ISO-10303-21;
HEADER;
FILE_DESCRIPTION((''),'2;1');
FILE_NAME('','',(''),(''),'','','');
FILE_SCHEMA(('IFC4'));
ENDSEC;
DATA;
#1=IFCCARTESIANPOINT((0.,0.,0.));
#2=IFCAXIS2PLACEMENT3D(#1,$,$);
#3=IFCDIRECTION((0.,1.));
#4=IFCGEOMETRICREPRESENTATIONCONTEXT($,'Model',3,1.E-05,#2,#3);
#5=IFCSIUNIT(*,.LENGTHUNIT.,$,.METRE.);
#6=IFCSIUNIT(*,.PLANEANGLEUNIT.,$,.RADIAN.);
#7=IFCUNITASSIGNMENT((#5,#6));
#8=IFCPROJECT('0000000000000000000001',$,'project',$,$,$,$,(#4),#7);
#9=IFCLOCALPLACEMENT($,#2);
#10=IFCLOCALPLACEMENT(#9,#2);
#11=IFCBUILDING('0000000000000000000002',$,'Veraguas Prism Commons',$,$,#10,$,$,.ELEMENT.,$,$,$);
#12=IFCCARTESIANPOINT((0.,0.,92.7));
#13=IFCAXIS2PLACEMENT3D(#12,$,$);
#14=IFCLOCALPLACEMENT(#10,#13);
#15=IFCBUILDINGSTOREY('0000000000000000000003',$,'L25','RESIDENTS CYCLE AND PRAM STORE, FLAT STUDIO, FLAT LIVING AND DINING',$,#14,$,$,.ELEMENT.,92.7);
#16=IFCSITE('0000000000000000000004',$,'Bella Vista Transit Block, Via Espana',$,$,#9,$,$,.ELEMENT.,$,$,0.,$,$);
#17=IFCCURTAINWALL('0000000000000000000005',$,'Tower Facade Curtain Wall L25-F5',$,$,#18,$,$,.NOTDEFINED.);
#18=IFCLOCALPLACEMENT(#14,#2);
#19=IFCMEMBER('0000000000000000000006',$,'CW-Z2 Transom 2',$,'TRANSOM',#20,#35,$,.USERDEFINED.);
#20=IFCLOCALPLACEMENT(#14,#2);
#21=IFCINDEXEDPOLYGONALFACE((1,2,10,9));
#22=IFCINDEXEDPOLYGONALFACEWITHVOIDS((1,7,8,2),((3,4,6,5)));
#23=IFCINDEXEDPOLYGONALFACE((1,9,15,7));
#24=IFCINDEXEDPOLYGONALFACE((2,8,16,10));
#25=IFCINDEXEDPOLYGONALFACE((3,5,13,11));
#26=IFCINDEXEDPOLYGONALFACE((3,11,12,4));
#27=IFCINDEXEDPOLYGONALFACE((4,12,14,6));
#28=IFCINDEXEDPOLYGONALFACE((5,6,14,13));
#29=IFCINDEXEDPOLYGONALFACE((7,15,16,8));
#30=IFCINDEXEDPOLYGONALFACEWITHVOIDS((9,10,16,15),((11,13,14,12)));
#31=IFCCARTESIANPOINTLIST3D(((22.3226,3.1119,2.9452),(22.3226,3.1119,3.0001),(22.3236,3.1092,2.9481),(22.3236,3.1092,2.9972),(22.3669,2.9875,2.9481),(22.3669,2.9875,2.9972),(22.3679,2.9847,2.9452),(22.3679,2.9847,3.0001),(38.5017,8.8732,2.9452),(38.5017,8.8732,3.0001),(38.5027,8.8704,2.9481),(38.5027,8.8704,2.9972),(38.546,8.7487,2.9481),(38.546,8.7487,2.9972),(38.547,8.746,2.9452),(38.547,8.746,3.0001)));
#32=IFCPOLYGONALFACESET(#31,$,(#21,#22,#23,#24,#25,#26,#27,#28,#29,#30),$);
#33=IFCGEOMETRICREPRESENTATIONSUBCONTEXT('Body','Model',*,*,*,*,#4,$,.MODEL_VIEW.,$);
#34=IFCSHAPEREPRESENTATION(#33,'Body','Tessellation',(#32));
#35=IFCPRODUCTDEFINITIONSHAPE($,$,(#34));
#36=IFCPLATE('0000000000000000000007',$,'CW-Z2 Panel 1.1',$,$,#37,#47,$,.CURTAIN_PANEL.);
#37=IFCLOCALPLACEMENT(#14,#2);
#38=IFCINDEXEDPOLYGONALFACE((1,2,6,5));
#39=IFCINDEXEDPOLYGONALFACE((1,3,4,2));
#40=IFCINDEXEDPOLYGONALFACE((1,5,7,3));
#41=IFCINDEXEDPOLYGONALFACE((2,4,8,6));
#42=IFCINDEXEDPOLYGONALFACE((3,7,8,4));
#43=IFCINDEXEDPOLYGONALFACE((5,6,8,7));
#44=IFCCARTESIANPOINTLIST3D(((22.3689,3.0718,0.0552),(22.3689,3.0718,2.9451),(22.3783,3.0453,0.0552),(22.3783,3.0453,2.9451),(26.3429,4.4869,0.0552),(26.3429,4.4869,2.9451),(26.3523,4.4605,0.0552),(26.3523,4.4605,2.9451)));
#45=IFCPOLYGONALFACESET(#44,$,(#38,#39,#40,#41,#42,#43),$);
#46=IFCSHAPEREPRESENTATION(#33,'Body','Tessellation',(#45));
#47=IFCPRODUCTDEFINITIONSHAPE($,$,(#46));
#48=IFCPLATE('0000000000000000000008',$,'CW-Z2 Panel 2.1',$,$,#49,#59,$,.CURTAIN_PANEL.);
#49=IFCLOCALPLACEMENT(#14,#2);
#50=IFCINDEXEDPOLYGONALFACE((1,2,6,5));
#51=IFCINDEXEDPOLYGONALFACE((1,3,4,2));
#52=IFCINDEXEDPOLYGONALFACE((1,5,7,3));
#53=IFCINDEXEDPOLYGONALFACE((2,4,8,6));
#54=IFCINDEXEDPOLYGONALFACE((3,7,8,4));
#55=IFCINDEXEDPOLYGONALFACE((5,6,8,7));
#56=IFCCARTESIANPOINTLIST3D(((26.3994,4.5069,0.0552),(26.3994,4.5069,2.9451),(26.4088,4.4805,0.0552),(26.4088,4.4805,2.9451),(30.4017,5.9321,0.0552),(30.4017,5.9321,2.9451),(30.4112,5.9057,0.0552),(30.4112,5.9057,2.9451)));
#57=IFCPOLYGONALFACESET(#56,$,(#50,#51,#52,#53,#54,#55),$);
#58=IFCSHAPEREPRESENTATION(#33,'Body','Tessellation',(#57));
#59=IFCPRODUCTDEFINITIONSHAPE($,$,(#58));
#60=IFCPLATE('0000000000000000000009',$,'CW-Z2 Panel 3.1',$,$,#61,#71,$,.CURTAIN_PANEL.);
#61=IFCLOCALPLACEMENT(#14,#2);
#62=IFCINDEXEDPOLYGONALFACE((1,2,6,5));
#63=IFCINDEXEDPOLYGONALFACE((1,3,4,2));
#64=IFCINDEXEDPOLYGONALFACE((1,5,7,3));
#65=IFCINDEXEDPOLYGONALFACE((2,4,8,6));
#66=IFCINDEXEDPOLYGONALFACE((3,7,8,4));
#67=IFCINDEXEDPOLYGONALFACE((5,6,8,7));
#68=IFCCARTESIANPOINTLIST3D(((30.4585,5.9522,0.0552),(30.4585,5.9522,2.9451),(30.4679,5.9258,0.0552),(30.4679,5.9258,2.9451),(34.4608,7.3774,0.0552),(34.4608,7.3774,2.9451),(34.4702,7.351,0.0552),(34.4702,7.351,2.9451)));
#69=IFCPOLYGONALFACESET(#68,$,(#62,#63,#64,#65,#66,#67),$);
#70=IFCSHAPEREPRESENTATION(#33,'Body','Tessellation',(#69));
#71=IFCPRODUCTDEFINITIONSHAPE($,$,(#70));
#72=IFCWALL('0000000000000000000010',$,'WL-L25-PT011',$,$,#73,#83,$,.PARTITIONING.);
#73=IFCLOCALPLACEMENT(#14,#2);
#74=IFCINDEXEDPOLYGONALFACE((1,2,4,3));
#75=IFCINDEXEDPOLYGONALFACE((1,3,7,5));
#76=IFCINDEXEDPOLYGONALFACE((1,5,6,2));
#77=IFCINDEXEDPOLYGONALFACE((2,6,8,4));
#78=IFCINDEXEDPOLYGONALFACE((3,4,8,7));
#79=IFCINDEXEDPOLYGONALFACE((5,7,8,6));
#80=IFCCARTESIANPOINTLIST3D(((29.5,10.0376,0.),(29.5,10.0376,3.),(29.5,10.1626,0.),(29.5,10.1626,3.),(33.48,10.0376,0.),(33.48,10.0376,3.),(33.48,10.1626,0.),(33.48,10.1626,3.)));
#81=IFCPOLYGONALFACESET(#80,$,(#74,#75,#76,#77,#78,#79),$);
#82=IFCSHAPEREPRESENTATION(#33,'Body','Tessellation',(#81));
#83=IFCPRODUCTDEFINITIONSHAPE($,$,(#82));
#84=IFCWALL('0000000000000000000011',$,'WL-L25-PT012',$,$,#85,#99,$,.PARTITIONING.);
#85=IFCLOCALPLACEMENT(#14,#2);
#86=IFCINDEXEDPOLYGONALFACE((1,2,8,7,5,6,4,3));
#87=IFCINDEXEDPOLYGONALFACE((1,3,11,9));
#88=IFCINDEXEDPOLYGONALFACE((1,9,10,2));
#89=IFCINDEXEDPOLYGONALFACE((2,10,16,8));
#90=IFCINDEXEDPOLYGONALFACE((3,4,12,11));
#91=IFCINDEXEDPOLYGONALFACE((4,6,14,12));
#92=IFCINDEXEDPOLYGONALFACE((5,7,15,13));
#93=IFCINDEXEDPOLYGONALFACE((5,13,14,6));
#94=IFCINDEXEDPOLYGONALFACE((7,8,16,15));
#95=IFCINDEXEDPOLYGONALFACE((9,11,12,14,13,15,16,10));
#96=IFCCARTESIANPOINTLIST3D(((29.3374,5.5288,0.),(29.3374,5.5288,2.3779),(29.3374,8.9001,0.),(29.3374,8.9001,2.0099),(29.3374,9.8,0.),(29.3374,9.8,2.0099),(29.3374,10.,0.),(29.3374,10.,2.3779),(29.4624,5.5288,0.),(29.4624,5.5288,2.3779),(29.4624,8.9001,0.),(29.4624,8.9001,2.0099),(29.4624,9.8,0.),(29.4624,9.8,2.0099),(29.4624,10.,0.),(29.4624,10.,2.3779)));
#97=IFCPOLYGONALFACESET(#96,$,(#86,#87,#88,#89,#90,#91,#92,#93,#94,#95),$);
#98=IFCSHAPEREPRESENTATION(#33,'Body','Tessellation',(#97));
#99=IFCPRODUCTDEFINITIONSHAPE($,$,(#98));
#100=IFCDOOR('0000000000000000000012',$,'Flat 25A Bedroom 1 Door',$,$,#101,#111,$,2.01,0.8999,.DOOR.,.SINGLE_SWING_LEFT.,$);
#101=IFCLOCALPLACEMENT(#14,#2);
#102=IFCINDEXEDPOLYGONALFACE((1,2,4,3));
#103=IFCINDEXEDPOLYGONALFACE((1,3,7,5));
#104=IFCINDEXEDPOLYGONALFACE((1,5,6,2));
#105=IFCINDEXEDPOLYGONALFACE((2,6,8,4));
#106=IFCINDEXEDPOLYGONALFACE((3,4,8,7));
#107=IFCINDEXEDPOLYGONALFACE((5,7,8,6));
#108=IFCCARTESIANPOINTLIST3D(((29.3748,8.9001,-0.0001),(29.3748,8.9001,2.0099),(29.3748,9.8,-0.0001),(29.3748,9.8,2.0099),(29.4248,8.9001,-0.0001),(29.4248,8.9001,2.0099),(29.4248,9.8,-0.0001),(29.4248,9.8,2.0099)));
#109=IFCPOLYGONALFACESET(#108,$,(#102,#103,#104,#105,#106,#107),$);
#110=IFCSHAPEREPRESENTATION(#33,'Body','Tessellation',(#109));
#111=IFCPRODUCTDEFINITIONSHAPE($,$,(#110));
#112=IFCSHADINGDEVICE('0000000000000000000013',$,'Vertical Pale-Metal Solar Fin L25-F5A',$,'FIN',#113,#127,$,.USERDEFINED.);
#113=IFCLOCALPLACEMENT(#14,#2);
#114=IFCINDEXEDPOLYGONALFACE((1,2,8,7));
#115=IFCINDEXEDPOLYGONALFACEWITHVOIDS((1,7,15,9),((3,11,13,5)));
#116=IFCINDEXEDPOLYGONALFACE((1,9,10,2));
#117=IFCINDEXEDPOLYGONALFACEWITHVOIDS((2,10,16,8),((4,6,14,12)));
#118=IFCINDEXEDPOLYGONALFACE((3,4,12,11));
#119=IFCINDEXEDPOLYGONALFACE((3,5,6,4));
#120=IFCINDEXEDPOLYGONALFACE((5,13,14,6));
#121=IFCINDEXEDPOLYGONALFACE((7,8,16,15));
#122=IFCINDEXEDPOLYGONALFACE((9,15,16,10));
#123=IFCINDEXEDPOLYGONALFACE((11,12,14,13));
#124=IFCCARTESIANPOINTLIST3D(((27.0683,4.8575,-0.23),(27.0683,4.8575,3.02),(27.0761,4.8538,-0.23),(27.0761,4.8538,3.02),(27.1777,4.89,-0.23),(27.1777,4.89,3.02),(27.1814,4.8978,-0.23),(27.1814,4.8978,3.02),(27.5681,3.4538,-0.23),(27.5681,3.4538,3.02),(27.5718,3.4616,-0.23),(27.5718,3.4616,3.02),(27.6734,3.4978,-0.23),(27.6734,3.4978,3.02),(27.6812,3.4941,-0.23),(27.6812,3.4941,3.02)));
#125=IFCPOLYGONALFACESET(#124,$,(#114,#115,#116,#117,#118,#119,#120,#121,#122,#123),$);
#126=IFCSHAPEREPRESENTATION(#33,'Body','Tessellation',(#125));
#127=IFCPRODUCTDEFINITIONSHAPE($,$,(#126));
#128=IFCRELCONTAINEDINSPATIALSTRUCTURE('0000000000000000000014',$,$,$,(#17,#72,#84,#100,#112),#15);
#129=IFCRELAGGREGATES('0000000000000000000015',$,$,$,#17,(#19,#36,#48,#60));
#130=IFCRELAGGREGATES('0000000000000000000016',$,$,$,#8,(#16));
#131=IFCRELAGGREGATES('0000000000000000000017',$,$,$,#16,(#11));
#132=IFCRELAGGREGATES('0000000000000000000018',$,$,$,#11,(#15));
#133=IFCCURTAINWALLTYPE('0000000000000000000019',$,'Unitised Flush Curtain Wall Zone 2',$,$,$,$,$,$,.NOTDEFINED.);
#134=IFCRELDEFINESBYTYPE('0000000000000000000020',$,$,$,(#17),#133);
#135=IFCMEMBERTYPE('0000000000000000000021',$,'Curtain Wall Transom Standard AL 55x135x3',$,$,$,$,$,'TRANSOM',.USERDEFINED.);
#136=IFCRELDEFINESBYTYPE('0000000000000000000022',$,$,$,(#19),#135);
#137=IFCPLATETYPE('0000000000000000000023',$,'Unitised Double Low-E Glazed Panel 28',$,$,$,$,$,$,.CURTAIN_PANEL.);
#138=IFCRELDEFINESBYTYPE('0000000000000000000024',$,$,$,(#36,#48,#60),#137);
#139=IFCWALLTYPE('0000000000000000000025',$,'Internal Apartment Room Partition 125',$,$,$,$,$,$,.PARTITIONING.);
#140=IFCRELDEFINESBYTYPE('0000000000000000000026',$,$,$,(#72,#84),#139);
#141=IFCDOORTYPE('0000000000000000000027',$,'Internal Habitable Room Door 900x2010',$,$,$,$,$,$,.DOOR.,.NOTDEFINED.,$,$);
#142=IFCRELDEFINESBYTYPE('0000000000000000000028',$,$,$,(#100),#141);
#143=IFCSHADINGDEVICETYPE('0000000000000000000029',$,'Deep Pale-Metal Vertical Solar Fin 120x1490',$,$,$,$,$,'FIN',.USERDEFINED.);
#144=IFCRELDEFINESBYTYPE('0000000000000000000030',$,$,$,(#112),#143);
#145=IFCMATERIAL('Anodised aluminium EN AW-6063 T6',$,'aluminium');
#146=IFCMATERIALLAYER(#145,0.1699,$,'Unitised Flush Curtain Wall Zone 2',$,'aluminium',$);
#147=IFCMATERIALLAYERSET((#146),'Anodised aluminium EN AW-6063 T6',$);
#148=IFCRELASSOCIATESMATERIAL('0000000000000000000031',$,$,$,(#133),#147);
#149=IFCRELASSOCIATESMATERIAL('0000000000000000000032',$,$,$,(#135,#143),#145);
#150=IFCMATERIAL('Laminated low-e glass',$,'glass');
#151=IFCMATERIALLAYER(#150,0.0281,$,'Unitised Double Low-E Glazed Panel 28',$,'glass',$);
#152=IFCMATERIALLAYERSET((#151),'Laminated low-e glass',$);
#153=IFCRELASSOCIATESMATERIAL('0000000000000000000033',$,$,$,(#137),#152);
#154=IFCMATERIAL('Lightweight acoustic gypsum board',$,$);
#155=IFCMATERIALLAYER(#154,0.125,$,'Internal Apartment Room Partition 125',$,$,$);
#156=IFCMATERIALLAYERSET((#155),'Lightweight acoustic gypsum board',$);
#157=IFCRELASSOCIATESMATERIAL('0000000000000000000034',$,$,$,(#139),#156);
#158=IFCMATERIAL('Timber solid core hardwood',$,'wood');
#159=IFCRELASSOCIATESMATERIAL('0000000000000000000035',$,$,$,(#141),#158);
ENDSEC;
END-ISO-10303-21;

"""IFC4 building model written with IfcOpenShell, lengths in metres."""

from ifc_helpers import new_model, si_unit, direction, frame, frame_2d, origin, origin_2d, place, context, subcontext, project, spatial, rectangle, hollow_rectangle, extrude, source, transform, mapped, material, layer, layer_set, material_profile, profile_set, type_object, element, fill, aggregate, save


model = new_model("IFC4")

# Units and contexts
model_context = context("Model", 3, precision=1e-05, world=origin(), true_north=direction((0.0, 1.0)))
body_context = subcontext(model_context, "Body", "Model", "MODEL_VIEW")
ifc_project = project(units=[si_unit("LENGTHUNIT", "METRE"), si_unit("PLANEANGLEUNIT", "RADIAN")], contexts=[model_context])

# Site, building, storey
site_placement = place(None, origin())
site = spatial("IfcSite", under=ifc_project, at=site_placement, Name="Bella Vista Transit Block, Via Espana", CompositionType="ELEMENT", RefElevation=0.0)
building_placement = place(site_placement, origin())
building = spatial("IfcBuilding", under=site, at=building_placement, Name="Veraguas Prism Commons", CompositionType="ELEMENT")
storey_placement = place(building_placement, frame((0.0, 0.0, 92.7)))
storey = spatial("IfcBuildingStorey", under=building, at=storey_placement, Name="L25", Description="RESIDENTS CYCLE AND PRAM STORE, FLAT STUDIO, FLAT LIVING AND DINING", CompositionType="ELEMENT", Elevation=92.7)

# Curtain wall
ifc_material_1 = material(Name="Anodised aluminium EN AW-6063 T6", Category="aluminium")
ifc_layer_1 = layer(ifc_material_1, 0.1699, Name="Unitised Flush Curtain Wall Zone 2", Category="aluminium")
ifc_layer_set_1 = layer_set([ifc_layer_1], Name="Anodised aluminium EN AW-6063 T6")
curtain_wall_type = type_object("IfcCurtainWallType", Name="Unitised Flush Curtain Wall Zone 2", PredefinedType="NOTDEFINED", material=ifc_layer_set_1)
curtain_wall_1_placement = place(storey_placement, origin())
curtain_wall_1 = element("IfcCurtainWall", 1, at=curtain_wall_1_placement, inside=storey, type_object=curtain_wall_type, Name="Tower Facade Curtain Wall L25-F5", PredefinedType="NOTDEFINED")

# Member
ifc_material_profile_1 = material_profile(ifc_material_1, hollow_rectangle(XDim=0.0549, YDim=0.135, WallThickness=0.0029, at=origin_2d()), Name="AL55X135X3")
ifc_profile_set_1 = profile_set([ifc_material_profile_1], Name="Anodised aluminium EN AW-6063 T6")
member_type_1 = type_object("IfcMemberType", Name="Curtain Wall Transom Standard AL 55x135x3", ElementType="TRANSOM", PredefinedType="USERDEFINED", material=ifc_profile_set_1)
shared_shape_1 = source(origin(), body_context, "Body", "SweptSolid", [
    extrude(hollow_rectangle(XDim=0.0549, YDim=0.135, WallThickness=0.0029, at=origin_2d()), origin(), (0.0, 0.0, 1.0), 17.1743),
])
member_1_placement = place(storey_placement, frame((22.3452, 3.0483, 2.9727), z_axis=(0.942056, 0.335456, 0.0), x_axis=(0.0, 0.0, 1.0)))
member_1 = element("IfcMember", 2, at=member_1_placement, type_object=member_type_1, Name="CW-Z2 Transom 2", ObjectType="TRANSOM", PredefinedType="USERDEFINED", context=body_context, shape_type="MappedRepresentation", body=[
    mapped(shared_shape_1, transform((0.0, 0.0, 0.0), scale=1.0)),
])

# Plates
ifc_material_2 = material(Name="Laminated low-e glass", Category="glass")
ifc_layer_2 = layer(ifc_material_2, 0.0281, Name="Unitised Double Low-E Glazed Panel 28", Category="glass")
ifc_layer_set_2 = layer_set([ifc_layer_2], Name="Laminated low-e glass")
plate_type = type_object("IfcPlateType", Name="Unitised Double Low-E Glazed Panel 28", PredefinedType="CURTAIN_PANEL", material=ifc_layer_set_2)
shared_shape_2 = source(origin(), body_context, "Body", "SweptSolid", [
    extrude(rectangle(XDim=4.2185, YDim=0.0281, at=origin_2d()), origin(), (0.0, 0.0, 1.0), 2.8899),
])
plate_1_placement = place(storey_placement, frame((24.3606, 3.7661, 0.0552), z_axis=(0.0, 0.0, 1.0), x_axis=(0.942056, 0.335457, 0.0)))
plate_1 = element("IfcPlate", 3, at=plate_1_placement, type_object=plate_type, Name="CW-Z2 Panel 1.1", PredefinedType="CURTAIN_PANEL", context=body_context, shape_type="MappedRepresentation", body=[
    mapped(shared_shape_2, transform((0.0, 0.0, 0.0), scale=1.0)),
])
shared_shape_3 = source(origin(), body_context, "Body", "SweptSolid", [
    extrude(rectangle(XDim=4.2485, YDim=0.0281, at=origin_2d()), origin(), (0.0, 0.0, 1.0), 2.8899),
])
plate_2_placement = place(storey_placement, frame((28.4053, 5.2063, 0.0552), z_axis=(0.0, 0.0, 1.0), x_axis=(0.942056, 0.335457, 0.0)))
plate_2 = element("IfcPlate", 4, at=plate_2_placement, type_object=plate_type, Name="CW-Z2 Panel 2.1", PredefinedType="CURTAIN_PANEL", context=body_context, shape_type="MappedRepresentation", body=[
    mapped(shared_shape_3, transform((0.0, 0.0, 0.0), scale=1.0)),
])
plate_3_placement = place(storey_placement, frame((32.4644, 6.6516, 0.0552), z_axis=(0.0, 0.0, 1.0), x_axis=(0.942056, 0.335457, 0.0)))
plate_3 = element("IfcPlate", 5, at=plate_3_placement, type_object=plate_type, Name="CW-Z2 Panel 3.1", PredefinedType="CURTAIN_PANEL", context=body_context, shape_type="MappedRepresentation", body=[
    mapped(shared_shape_3, transform((0.0, 0.0, 0.0), scale=1.0)),
])
aggregate(curtain_wall_1, [member_1, plate_1, plate_2, plate_3])

# Wall
ifc_material_3 = material(Name="Lightweight acoustic gypsum board")
ifc_layer_3 = layer(ifc_material_3, 0.125, Name="Internal Apartment Room Partition 125")
ifc_layer_set_3 = layer_set([ifc_layer_3], Name="Lightweight acoustic gypsum board")
wall_type = type_object("IfcWallType", Name="Internal Apartment Room Partition 125", PredefinedType="PARTITIONING", material=ifc_layer_set_3)
wall_1_placement = place(storey_placement, frame((29.5, 10.1001, 0.0), z_axis=(0.0, 0.0, 1.0), x_axis=(1.0, 0.0, 0.0)))
element("IfcWall", 6, at=wall_1_placement, inside=storey, type_object=wall_type, Name="WL-L25-PT011", PredefinedType="PARTITIONING", context=body_context, shape_type="SweptSolid", body=[
    extrude(rectangle(XDim=3.98, YDim=0.125, at=frame_2d((1.99, 0.0))), origin(), (0.0, 0.0, 1.0), 3.0),
])

# Wall, opening, door
wall_2_placement = place(storey_placement, frame((29.3999, 10.0, 0.0), z_axis=(0.0, 0.0, 1.0), x_axis=(0.0, -1.0, 0.0)))
wall_2 = element("IfcWall", 7, at=wall_2_placement, inside=storey, type_object=wall_type, Name="WL-L25-PT012", PredefinedType="PARTITIONING", context=body_context, shape_type="SweptSolid", body=[
    extrude(rectangle(XDim=4.4712, YDim=0.125, at=frame_2d((2.2356, 0.0))), origin(), (0.0, 0.0, 1.0), 2.3779),
])
opening_placement = place(wall_2_placement, frame((0.2, 0.0, 0.0)))
opening = element("IfcOpeningElement", 8, at=opening_placement, cuts=wall_2, PredefinedType="OPENING", context=body_context, shape_type="SweptSolid", body=[
    extrude(rectangle(XDim=0.8999, YDim=2.01, at=frame_2d((0.45, 1.0049))), frame((0.0, 0.0725, 0.0), z_axis=(0.0, -1.0, 0.0), x_axis=(1.0, 0.0, 0.0)), (0.0, 0.0, 1.0), 0.145),
])
ifc_material_4 = material(Name="Timber solid core hardwood", Category="wood")
door_type = type_object("IfcDoorType", Name="Internal Habitable Room Door 900x2010", OperationType="NOTDEFINED", PredefinedType="DOOR", material=ifc_material_4)
shared_shape_4 = source(origin(), body_context, "Body", "SweptSolid", [
    extrude(rectangle(XDim=0.8999, YDim=2.01, at=frame_2d((0.45, 1.0049))), frame((0.0, 0.0249, 0.0), z_axis=(0.0, -1.0, 0.0), x_axis=(1.0, 0.0, 0.0)), (0.0, 0.0, 1.0), 0.05),
])
door_placement = place(opening_placement, origin())
door = element("IfcDoor", 9, at=door_placement, inside=storey, type_object=door_type, Name="Flat 25A Bedroom 1 Door", OperationType="SINGLE_SWING_LEFT", OverallHeight=2.01, OverallWidth=0.8999, PredefinedType="DOOR", context=body_context, shape_type="MappedRepresentation", body=[
    mapped(shared_shape_4, transform((0.0, 0.0, 0.0), scale=1.0)),
])
fill(opening, door)

# Shading device
ifc_material_profile_2 = material_profile(ifc_material_1, hollow_rectangle(XDim=0.1201, YDim=1.49, WallThickness=0.0061, at=origin_2d()), Name="FIN120X1490X6")
ifc_profile_set_2 = profile_set([ifc_material_profile_2], Name="Anodised aluminium EN AW-6063 T6")
shading_device_type = type_object("IfcShadingDeviceType", Name="Deep Pale-Metal Vertical Solar Fin 120x1490", ElementType="FIN", PredefinedType="USERDEFINED", material=ifc_profile_set_2)
shading_device_placement = place(storey_placement, frame((27.3748, 4.1758, -0.23), z_axis=(0.0, 0.0, 1.0), x_axis=(0.942056, 0.335455, 0.0)))
element("IfcShadingDevice", 10, at=shading_device_placement, inside=storey, type_object=shading_device_type, Name="Vertical Pale-Metal Solar Fin L25-F5A", ObjectType="FIN", PredefinedType="USERDEFINED", context=body_context, shape_type="SweptSolid", body=[
    extrude(hollow_rectangle(XDim=0.1201, YDim=1.49, WallThickness=0.0061, at=origin_2d()), origin(), (0.0, 0.0, 1.0), 3.25),
])

save(model, "model.ifc")
